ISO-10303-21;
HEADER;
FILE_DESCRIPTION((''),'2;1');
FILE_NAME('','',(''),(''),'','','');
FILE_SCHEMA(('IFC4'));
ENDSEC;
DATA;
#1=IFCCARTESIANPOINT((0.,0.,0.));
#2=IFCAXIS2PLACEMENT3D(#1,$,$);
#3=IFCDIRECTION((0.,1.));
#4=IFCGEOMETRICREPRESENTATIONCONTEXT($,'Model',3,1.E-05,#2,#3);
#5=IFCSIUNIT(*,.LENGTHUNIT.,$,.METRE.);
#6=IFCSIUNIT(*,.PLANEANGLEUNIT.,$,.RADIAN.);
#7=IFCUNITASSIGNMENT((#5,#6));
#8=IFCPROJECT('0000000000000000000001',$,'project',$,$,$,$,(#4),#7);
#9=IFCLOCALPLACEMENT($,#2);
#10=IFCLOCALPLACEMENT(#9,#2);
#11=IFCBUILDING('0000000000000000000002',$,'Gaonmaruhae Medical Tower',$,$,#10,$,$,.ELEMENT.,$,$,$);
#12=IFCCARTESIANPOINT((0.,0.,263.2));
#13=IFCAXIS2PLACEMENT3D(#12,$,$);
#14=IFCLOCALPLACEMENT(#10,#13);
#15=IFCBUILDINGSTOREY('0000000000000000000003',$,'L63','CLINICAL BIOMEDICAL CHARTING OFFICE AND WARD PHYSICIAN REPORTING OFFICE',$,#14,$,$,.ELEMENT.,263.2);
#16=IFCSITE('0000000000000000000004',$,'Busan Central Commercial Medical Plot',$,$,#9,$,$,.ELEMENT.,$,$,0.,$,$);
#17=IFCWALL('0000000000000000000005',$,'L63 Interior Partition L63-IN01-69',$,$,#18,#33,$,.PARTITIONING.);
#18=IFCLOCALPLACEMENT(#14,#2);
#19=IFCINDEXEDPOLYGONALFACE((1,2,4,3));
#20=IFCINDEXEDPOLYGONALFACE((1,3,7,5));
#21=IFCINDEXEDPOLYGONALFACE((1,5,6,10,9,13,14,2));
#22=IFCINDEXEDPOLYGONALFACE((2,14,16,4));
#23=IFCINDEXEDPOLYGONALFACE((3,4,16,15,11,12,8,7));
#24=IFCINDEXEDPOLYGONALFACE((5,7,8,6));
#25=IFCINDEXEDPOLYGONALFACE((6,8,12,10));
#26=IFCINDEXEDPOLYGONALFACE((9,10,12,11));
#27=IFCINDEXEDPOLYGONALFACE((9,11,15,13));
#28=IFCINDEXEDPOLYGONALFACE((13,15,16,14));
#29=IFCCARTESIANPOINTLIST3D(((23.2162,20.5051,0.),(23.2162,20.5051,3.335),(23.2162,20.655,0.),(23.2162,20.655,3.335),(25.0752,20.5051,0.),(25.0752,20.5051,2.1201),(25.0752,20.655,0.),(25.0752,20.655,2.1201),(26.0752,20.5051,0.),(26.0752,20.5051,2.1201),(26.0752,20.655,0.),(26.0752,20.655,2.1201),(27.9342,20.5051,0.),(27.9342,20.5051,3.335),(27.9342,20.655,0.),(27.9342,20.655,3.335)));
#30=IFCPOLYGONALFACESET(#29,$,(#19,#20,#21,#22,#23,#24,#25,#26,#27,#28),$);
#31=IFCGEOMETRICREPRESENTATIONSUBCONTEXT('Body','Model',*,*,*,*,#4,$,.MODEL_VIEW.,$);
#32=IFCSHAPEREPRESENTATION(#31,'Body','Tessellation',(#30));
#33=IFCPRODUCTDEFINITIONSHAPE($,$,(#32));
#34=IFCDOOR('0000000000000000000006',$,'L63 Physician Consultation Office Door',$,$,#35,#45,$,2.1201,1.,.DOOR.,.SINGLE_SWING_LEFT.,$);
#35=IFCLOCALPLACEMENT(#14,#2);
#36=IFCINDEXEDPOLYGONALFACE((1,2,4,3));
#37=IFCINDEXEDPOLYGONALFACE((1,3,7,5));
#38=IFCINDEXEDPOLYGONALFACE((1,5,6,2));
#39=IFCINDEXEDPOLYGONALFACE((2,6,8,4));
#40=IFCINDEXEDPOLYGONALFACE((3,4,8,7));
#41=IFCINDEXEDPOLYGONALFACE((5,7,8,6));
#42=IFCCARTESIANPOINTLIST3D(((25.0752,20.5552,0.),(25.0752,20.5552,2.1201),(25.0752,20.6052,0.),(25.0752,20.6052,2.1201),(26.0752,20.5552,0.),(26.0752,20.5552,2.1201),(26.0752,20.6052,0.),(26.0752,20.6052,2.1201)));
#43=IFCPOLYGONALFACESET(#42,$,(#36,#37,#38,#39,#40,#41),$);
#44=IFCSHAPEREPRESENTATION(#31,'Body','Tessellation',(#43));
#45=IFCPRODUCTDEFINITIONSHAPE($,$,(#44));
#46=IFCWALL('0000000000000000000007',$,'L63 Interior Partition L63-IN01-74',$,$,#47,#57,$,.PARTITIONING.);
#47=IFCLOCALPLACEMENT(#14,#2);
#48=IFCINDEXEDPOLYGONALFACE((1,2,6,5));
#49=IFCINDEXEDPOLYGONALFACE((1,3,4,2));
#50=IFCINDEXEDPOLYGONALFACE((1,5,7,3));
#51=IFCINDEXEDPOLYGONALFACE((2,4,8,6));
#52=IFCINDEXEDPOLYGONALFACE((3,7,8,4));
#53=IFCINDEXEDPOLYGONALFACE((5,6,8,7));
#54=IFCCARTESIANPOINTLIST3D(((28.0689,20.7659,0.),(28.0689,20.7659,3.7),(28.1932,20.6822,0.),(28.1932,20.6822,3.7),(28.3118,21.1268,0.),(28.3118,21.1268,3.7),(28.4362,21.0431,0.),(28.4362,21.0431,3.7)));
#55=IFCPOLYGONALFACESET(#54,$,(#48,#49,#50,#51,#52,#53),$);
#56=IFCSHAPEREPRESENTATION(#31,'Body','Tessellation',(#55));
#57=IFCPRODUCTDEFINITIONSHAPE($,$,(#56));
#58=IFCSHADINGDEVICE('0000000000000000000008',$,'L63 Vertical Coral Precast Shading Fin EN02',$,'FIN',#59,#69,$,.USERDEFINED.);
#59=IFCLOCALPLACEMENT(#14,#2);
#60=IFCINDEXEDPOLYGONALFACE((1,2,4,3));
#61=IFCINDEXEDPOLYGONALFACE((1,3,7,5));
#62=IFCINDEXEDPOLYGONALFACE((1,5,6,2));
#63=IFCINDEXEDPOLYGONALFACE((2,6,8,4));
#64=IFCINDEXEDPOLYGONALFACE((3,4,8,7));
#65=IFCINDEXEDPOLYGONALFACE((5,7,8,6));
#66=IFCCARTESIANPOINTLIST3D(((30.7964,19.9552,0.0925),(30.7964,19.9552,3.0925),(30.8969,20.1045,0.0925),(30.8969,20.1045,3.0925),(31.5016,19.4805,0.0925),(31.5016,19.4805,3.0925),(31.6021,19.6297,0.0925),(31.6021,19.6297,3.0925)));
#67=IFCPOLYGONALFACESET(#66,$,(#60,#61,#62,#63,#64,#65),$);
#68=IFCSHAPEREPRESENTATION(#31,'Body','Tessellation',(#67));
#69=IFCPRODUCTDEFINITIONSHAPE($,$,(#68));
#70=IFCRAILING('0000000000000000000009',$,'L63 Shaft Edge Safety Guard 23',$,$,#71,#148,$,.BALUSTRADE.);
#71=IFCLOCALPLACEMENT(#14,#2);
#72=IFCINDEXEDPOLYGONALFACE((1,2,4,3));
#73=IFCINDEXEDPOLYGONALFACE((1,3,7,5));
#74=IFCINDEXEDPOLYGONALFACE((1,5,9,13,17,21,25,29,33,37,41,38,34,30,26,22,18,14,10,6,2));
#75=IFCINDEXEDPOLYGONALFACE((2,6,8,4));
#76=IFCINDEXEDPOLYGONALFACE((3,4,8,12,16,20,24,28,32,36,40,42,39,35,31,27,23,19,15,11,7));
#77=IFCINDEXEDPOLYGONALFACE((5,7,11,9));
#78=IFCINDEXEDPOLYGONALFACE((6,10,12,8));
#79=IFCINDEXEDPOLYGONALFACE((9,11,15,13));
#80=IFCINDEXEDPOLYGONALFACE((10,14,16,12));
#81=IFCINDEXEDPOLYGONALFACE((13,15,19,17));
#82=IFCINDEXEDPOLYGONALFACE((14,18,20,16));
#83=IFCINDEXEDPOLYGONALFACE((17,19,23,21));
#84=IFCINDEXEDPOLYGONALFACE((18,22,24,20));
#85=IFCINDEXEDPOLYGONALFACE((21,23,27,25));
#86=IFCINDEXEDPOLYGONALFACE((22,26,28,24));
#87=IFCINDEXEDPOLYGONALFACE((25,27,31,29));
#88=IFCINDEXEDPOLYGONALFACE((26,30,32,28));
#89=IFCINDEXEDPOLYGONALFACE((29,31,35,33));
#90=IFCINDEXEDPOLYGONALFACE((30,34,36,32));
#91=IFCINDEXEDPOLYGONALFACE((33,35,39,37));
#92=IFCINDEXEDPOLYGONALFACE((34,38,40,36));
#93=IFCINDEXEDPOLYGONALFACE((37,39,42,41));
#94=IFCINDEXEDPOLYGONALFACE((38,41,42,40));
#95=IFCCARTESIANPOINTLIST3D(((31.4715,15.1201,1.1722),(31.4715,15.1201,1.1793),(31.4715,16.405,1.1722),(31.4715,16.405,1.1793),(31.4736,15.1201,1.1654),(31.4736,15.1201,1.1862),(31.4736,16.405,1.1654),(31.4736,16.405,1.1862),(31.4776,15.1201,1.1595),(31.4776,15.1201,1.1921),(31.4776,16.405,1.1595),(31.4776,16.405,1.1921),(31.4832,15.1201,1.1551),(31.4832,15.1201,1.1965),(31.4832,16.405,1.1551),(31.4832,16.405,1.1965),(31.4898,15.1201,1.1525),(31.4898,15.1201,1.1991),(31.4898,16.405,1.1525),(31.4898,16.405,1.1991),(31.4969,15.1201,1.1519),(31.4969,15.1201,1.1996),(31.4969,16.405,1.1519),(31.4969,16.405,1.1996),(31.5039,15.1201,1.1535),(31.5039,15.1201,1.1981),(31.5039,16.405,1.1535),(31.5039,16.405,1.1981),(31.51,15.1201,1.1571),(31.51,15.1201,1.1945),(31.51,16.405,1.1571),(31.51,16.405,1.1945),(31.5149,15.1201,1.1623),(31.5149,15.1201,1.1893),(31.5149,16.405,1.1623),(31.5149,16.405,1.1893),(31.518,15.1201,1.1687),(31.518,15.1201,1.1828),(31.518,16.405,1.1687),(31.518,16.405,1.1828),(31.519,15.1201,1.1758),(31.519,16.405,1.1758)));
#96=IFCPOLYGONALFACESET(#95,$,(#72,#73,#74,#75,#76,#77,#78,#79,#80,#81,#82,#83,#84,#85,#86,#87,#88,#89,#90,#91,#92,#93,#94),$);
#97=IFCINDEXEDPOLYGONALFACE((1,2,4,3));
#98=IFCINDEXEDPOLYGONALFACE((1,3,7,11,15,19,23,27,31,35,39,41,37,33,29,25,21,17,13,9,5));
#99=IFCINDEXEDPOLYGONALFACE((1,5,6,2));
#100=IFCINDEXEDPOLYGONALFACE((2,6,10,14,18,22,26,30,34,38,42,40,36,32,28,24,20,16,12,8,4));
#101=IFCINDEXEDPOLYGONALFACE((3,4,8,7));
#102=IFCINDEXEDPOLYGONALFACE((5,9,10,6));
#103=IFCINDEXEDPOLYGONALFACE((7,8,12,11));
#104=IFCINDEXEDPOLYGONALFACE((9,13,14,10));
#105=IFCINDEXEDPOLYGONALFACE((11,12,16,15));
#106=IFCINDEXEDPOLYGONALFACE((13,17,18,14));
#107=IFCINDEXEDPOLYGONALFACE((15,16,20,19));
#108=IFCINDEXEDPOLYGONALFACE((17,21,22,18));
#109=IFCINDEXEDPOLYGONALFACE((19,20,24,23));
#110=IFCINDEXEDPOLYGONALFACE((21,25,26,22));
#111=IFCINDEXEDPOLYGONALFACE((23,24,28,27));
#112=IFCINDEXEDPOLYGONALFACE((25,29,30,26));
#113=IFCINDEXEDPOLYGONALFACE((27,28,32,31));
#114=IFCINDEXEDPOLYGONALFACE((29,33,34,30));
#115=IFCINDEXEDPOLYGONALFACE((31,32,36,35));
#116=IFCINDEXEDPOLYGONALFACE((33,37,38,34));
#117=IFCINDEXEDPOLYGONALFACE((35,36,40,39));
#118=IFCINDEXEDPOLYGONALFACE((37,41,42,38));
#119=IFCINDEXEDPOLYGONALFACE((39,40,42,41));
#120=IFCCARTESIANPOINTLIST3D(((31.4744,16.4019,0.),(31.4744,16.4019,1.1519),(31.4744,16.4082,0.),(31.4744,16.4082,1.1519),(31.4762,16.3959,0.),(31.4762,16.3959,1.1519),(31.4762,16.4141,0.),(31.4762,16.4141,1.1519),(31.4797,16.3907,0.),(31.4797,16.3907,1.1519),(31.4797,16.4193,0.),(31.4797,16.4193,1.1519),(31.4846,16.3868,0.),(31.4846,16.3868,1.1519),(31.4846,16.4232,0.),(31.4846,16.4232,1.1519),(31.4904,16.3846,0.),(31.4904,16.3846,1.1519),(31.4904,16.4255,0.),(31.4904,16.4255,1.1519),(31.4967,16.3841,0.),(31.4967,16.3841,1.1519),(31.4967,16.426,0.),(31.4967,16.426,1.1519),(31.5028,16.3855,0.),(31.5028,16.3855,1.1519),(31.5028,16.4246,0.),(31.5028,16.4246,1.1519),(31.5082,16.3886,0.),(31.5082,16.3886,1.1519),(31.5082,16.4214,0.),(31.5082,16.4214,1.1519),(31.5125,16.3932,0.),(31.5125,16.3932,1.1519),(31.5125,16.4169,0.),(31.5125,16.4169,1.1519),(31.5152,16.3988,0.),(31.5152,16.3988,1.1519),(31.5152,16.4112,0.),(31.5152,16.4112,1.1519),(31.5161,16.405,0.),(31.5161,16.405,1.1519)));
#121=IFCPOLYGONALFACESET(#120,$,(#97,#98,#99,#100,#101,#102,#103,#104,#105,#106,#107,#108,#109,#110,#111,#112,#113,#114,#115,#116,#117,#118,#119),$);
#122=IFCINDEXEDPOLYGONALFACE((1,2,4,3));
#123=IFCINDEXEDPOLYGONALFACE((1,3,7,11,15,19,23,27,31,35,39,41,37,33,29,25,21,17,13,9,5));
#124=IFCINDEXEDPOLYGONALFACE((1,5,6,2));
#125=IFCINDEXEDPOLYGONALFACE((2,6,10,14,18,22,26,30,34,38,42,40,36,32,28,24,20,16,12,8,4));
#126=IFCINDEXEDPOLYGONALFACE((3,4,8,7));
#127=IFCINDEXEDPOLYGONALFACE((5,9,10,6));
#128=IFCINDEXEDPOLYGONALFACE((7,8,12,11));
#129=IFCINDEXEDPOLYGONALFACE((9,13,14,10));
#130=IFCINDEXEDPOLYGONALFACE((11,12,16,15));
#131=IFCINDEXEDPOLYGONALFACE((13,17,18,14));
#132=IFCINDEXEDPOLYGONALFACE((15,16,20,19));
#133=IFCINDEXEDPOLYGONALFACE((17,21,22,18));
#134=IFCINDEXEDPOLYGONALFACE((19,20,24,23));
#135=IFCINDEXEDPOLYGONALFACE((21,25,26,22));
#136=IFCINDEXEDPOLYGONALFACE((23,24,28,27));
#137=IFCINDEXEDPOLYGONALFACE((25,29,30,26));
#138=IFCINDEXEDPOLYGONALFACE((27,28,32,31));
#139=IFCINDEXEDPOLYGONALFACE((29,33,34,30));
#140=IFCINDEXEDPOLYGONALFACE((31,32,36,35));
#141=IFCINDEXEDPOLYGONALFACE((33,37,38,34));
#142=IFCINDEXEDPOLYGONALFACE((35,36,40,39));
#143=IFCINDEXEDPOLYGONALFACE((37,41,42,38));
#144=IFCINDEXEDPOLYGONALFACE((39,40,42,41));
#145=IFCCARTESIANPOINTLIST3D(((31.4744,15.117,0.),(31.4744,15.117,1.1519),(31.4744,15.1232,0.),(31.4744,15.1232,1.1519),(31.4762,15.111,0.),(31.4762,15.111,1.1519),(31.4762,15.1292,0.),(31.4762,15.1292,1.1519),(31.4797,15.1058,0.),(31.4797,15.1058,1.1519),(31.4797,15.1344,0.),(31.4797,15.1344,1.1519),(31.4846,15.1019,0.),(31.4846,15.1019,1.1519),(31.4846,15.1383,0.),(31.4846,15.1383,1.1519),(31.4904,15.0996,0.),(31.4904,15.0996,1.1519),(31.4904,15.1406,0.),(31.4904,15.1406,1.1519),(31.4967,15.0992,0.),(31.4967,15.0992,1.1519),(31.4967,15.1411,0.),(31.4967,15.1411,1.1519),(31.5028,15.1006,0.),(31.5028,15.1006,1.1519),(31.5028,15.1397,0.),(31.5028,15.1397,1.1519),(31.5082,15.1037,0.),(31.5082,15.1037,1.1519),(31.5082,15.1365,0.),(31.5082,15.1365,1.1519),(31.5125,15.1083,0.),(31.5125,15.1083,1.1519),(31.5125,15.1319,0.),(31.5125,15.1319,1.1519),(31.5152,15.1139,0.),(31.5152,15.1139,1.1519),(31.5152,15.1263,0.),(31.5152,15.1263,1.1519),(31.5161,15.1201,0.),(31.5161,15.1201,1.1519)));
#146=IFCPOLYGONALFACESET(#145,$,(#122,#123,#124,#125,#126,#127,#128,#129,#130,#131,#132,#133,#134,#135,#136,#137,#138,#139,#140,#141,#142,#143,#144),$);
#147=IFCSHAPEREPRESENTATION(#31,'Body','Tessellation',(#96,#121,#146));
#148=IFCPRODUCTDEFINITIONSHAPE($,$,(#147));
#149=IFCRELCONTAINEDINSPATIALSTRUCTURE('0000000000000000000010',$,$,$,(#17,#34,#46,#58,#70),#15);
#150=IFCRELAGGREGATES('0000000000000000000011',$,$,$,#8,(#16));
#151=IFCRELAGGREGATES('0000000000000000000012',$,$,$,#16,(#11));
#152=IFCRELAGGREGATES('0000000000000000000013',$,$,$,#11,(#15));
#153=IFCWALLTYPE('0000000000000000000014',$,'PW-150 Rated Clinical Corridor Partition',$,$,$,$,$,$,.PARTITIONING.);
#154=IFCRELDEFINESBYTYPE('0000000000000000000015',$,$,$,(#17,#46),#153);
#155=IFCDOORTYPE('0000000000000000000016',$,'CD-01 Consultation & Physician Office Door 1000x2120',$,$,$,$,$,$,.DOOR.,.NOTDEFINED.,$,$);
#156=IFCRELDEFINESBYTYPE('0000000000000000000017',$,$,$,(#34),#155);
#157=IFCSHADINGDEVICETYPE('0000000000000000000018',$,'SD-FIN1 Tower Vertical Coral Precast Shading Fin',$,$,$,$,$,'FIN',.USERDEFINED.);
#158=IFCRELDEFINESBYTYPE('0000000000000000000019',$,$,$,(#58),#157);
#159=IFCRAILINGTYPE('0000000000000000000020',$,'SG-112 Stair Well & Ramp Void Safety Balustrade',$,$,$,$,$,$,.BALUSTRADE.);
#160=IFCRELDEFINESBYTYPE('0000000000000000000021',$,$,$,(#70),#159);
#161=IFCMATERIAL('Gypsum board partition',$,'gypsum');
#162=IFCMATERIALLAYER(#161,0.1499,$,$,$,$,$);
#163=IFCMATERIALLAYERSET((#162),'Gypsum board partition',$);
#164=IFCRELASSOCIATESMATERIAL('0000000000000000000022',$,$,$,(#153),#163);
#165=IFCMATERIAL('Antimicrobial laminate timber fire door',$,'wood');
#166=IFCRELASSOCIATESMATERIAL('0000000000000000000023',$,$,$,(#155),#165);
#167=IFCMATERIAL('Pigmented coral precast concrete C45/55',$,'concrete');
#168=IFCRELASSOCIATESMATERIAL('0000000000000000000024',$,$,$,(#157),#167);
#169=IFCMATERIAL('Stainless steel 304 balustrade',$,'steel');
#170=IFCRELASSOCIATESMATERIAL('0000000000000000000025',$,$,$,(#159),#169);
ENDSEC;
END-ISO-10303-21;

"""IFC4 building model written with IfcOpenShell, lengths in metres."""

from ifc_helpers import new_model, si_unit, direction, frame, frame_2d, origin, origin_2d, place, context, subcontext, project, spatial, rectangle, circle, extrude, material, layer, layer_set, type_object, element, fill, save


model = new_model("IFC4")

# Units and contexts
model_context = context("Model", 3, precision=1e-05, world=origin(), true_north=direction((0.0, 1.0)))
body_context = subcontext(model_context, "Body", "Model", "MODEL_VIEW")
ifc_project = project(units=[si_unit("LENGTHUNIT", "METRE"), si_unit("PLANEANGLEUNIT", "RADIAN")], contexts=[model_context])

# Site, building, storey
site_placement = place(None, origin())
site = spatial("IfcSite", under=ifc_project, at=site_placement, Name="Busan Central Commercial Medical Plot", CompositionType="ELEMENT", RefElevation=0.0)
building_placement = place(site_placement, origin())
building = spatial("IfcBuilding", under=site, at=building_placement, Name="Gaonmaruhae Medical Tower", CompositionType="ELEMENT")
storey_placement = place(building_placement, frame((0.0, 0.0, 263.2)))
storey = spatial("IfcBuildingStorey", under=building, at=storey_placement, Name="L63", Description="CLINICAL BIOMEDICAL CHARTING OFFICE AND WARD PHYSICIAN REPORTING OFFICE", CompositionType="ELEMENT", Elevation=263.2)

# Shared definitions
ifc_material_1 = material(Name="Gypsum board partition", Category="gypsum")
ifc_layer_1 = layer(ifc_material_1, 0.1499)
ifc_layer_set_1 = layer_set([ifc_layer_1], Name="Gypsum board partition")
wall_type_1 = type_object("IfcWallType", Name="PW-150 Rated Clinical Corridor Partition", PredefinedType="PARTITIONING", material=ifc_layer_set_1)

# Wall, opening, door
wall_1_placement = place(storey_placement, frame((27.9341, 20.5801, 0.0), z_axis=(0.0, 0.0, 1.0), x_axis=(-1.0, 0.0, 0.0)))
wall_1 = element("IfcWall", 1, at=wall_1_placement, inside=storey, type_object=wall_type_1, Name="L63 Interior Partition L63-IN01-69", PredefinedType="PARTITIONING", context=body_context, shape_type="SweptSolid", body=[
    extrude(rectangle(XDim=4.718, YDim=0.1499, at=frame_2d((2.3589, 0.0))), origin(), (0.0, 0.0, 1.0), 3.335),
])
opening_1_placement = place(wall_1_placement, frame((1.8589, 0.0, 0.0)))
opening_1 = element("IfcOpeningElement", 2, at=opening_1_placement, cuts=wall_1, PredefinedType="OPENING", context=body_context, shape_type="SweptSolid", body=[
    extrude(rectangle(XDim=1.0, YDim=2.1201, at=frame_2d((0.5, 1.0601))), frame((0.0, 0.085, 0.0), z_axis=(0.0, -1.0, 0.0), x_axis=(1.0, 0.0, 0.0)), (0.0, 0.0, 1.0), 0.1699),
])
ifc_material_2 = material(Name="Antimicrobial laminate timber fire door", Category="wood")
door_type_1 = type_object("IfcDoorType", Name="CD-01 Consultation & Physician Office Door 1000x2120", OperationType="NOTDEFINED", PredefinedType="DOOR", material=ifc_material_2)
door_1_placement = place(opening_1_placement, origin())
door_1 = element("IfcDoor", 3, at=door_1_placement, inside=storey, type_object=door_type_1, Name="L63 Physician Consultation Office Door", OperationType="SINGLE_SWING_LEFT", OverallHeight=2.1201, OverallWidth=1.0, PredefinedType="DOOR", context=body_context, shape_type="SweptSolid", body=[
    extrude(rectangle(XDim=1.0, YDim=2.1201, at=frame_2d((0.5, 1.0601))), frame((0.0, 0.0249, 0.0), z_axis=(0.0, -1.0, 0.0), x_axis=(1.0, 0.0, 0.0)), (0.0, 0.0, 1.0), 0.05),
])
fill(opening_1, door_1)

# Wall
wall_2_placement = place(storey_placement, frame((28.374, 21.085, 0.0), z_axis=(0.0, 0.0, 1.0), x_axis=(-0.558451, -0.829538, 0.0)))
element("IfcWall", 4, at=wall_2_placement, inside=storey, type_object=wall_type_1, Name="L63 Interior Partition L63-IN01-74", PredefinedType="PARTITIONING", context=body_context, shape_type="SweptSolid", body=[
    extrude(rectangle(XDim=0.4351, YDim=0.1499, at=frame_2d((0.2175, 0.0))), origin(), (0.0, 0.0, 1.0), 3.7),
])

# Shading device
ifc_material_3 = material(Name="Pigmented coral precast concrete C45/55", Category="concrete")
shading_device_type = type_object("IfcShadingDeviceType", Name="SD-FIN1 Tower Vertical Coral Precast Shading Fin", ElementType="FIN", PredefinedType="USERDEFINED", material=ifc_material_3)
shading_device_placement = place(storey_placement, frame((31.1992, 19.7925, 0.0925), z_axis=(0.0, 0.0, 1.0), x_axis=(0.558469, 0.829525, 0.0)))
element("IfcShadingDevice", 5, at=shading_device_placement, inside=storey, type_object=shading_device_type, Name="L63 Vertical Coral Precast Shading Fin EN02", ObjectType="FIN", PredefinedType="USERDEFINED", context=body_context, shape_type="SweptSolid", body=[
    extrude(rectangle(XDim=0.1799, YDim=0.8501, at=origin_2d()), origin(), (0.0, 0.0, 1.0), 3.0),
])

# Railing
ifc_material_4 = material(Name="Stainless steel 304 balustrade", Category="steel")
railing_type = type_object("IfcRailingType", Name="SG-112 Stair Well & Ramp Void Safety Balustrade", PredefinedType="BALUSTRADE", material=ifc_material_4)
railing_1_placement = place(storey_placement, frame((31.4951, 16.405, 0.0)))
element("IfcRailing", 6, at=railing_1_placement, inside=storey, type_object=railing_type, Name="L63 Shaft Edge Safety Guard 23", PredefinedType="BALUSTRADE", context=body_context, shape_type="SweptSolid", body=[
    extrude(circle(Radius=0.0239, at=origin_2d()), frame((0.0, 0.0, 1.1758), z_axis=(0.0, -1.0, 0.0), x_axis=(1.0, 0.0, 0.0)), (0.0, 0.0, 1.0), 1.2849),
    extrude(circle(Radius=0.021, at=origin_2d()), origin(), (0.0, 0.0, 1.0), 1.1519),
    extrude(circle(Radius=0.021, at=origin_2d()), frame((0.0, -1.2849, 0.0)), (0.0, 0.0, 1.0), 1.1519),
])

save(model, "model.ifc")
